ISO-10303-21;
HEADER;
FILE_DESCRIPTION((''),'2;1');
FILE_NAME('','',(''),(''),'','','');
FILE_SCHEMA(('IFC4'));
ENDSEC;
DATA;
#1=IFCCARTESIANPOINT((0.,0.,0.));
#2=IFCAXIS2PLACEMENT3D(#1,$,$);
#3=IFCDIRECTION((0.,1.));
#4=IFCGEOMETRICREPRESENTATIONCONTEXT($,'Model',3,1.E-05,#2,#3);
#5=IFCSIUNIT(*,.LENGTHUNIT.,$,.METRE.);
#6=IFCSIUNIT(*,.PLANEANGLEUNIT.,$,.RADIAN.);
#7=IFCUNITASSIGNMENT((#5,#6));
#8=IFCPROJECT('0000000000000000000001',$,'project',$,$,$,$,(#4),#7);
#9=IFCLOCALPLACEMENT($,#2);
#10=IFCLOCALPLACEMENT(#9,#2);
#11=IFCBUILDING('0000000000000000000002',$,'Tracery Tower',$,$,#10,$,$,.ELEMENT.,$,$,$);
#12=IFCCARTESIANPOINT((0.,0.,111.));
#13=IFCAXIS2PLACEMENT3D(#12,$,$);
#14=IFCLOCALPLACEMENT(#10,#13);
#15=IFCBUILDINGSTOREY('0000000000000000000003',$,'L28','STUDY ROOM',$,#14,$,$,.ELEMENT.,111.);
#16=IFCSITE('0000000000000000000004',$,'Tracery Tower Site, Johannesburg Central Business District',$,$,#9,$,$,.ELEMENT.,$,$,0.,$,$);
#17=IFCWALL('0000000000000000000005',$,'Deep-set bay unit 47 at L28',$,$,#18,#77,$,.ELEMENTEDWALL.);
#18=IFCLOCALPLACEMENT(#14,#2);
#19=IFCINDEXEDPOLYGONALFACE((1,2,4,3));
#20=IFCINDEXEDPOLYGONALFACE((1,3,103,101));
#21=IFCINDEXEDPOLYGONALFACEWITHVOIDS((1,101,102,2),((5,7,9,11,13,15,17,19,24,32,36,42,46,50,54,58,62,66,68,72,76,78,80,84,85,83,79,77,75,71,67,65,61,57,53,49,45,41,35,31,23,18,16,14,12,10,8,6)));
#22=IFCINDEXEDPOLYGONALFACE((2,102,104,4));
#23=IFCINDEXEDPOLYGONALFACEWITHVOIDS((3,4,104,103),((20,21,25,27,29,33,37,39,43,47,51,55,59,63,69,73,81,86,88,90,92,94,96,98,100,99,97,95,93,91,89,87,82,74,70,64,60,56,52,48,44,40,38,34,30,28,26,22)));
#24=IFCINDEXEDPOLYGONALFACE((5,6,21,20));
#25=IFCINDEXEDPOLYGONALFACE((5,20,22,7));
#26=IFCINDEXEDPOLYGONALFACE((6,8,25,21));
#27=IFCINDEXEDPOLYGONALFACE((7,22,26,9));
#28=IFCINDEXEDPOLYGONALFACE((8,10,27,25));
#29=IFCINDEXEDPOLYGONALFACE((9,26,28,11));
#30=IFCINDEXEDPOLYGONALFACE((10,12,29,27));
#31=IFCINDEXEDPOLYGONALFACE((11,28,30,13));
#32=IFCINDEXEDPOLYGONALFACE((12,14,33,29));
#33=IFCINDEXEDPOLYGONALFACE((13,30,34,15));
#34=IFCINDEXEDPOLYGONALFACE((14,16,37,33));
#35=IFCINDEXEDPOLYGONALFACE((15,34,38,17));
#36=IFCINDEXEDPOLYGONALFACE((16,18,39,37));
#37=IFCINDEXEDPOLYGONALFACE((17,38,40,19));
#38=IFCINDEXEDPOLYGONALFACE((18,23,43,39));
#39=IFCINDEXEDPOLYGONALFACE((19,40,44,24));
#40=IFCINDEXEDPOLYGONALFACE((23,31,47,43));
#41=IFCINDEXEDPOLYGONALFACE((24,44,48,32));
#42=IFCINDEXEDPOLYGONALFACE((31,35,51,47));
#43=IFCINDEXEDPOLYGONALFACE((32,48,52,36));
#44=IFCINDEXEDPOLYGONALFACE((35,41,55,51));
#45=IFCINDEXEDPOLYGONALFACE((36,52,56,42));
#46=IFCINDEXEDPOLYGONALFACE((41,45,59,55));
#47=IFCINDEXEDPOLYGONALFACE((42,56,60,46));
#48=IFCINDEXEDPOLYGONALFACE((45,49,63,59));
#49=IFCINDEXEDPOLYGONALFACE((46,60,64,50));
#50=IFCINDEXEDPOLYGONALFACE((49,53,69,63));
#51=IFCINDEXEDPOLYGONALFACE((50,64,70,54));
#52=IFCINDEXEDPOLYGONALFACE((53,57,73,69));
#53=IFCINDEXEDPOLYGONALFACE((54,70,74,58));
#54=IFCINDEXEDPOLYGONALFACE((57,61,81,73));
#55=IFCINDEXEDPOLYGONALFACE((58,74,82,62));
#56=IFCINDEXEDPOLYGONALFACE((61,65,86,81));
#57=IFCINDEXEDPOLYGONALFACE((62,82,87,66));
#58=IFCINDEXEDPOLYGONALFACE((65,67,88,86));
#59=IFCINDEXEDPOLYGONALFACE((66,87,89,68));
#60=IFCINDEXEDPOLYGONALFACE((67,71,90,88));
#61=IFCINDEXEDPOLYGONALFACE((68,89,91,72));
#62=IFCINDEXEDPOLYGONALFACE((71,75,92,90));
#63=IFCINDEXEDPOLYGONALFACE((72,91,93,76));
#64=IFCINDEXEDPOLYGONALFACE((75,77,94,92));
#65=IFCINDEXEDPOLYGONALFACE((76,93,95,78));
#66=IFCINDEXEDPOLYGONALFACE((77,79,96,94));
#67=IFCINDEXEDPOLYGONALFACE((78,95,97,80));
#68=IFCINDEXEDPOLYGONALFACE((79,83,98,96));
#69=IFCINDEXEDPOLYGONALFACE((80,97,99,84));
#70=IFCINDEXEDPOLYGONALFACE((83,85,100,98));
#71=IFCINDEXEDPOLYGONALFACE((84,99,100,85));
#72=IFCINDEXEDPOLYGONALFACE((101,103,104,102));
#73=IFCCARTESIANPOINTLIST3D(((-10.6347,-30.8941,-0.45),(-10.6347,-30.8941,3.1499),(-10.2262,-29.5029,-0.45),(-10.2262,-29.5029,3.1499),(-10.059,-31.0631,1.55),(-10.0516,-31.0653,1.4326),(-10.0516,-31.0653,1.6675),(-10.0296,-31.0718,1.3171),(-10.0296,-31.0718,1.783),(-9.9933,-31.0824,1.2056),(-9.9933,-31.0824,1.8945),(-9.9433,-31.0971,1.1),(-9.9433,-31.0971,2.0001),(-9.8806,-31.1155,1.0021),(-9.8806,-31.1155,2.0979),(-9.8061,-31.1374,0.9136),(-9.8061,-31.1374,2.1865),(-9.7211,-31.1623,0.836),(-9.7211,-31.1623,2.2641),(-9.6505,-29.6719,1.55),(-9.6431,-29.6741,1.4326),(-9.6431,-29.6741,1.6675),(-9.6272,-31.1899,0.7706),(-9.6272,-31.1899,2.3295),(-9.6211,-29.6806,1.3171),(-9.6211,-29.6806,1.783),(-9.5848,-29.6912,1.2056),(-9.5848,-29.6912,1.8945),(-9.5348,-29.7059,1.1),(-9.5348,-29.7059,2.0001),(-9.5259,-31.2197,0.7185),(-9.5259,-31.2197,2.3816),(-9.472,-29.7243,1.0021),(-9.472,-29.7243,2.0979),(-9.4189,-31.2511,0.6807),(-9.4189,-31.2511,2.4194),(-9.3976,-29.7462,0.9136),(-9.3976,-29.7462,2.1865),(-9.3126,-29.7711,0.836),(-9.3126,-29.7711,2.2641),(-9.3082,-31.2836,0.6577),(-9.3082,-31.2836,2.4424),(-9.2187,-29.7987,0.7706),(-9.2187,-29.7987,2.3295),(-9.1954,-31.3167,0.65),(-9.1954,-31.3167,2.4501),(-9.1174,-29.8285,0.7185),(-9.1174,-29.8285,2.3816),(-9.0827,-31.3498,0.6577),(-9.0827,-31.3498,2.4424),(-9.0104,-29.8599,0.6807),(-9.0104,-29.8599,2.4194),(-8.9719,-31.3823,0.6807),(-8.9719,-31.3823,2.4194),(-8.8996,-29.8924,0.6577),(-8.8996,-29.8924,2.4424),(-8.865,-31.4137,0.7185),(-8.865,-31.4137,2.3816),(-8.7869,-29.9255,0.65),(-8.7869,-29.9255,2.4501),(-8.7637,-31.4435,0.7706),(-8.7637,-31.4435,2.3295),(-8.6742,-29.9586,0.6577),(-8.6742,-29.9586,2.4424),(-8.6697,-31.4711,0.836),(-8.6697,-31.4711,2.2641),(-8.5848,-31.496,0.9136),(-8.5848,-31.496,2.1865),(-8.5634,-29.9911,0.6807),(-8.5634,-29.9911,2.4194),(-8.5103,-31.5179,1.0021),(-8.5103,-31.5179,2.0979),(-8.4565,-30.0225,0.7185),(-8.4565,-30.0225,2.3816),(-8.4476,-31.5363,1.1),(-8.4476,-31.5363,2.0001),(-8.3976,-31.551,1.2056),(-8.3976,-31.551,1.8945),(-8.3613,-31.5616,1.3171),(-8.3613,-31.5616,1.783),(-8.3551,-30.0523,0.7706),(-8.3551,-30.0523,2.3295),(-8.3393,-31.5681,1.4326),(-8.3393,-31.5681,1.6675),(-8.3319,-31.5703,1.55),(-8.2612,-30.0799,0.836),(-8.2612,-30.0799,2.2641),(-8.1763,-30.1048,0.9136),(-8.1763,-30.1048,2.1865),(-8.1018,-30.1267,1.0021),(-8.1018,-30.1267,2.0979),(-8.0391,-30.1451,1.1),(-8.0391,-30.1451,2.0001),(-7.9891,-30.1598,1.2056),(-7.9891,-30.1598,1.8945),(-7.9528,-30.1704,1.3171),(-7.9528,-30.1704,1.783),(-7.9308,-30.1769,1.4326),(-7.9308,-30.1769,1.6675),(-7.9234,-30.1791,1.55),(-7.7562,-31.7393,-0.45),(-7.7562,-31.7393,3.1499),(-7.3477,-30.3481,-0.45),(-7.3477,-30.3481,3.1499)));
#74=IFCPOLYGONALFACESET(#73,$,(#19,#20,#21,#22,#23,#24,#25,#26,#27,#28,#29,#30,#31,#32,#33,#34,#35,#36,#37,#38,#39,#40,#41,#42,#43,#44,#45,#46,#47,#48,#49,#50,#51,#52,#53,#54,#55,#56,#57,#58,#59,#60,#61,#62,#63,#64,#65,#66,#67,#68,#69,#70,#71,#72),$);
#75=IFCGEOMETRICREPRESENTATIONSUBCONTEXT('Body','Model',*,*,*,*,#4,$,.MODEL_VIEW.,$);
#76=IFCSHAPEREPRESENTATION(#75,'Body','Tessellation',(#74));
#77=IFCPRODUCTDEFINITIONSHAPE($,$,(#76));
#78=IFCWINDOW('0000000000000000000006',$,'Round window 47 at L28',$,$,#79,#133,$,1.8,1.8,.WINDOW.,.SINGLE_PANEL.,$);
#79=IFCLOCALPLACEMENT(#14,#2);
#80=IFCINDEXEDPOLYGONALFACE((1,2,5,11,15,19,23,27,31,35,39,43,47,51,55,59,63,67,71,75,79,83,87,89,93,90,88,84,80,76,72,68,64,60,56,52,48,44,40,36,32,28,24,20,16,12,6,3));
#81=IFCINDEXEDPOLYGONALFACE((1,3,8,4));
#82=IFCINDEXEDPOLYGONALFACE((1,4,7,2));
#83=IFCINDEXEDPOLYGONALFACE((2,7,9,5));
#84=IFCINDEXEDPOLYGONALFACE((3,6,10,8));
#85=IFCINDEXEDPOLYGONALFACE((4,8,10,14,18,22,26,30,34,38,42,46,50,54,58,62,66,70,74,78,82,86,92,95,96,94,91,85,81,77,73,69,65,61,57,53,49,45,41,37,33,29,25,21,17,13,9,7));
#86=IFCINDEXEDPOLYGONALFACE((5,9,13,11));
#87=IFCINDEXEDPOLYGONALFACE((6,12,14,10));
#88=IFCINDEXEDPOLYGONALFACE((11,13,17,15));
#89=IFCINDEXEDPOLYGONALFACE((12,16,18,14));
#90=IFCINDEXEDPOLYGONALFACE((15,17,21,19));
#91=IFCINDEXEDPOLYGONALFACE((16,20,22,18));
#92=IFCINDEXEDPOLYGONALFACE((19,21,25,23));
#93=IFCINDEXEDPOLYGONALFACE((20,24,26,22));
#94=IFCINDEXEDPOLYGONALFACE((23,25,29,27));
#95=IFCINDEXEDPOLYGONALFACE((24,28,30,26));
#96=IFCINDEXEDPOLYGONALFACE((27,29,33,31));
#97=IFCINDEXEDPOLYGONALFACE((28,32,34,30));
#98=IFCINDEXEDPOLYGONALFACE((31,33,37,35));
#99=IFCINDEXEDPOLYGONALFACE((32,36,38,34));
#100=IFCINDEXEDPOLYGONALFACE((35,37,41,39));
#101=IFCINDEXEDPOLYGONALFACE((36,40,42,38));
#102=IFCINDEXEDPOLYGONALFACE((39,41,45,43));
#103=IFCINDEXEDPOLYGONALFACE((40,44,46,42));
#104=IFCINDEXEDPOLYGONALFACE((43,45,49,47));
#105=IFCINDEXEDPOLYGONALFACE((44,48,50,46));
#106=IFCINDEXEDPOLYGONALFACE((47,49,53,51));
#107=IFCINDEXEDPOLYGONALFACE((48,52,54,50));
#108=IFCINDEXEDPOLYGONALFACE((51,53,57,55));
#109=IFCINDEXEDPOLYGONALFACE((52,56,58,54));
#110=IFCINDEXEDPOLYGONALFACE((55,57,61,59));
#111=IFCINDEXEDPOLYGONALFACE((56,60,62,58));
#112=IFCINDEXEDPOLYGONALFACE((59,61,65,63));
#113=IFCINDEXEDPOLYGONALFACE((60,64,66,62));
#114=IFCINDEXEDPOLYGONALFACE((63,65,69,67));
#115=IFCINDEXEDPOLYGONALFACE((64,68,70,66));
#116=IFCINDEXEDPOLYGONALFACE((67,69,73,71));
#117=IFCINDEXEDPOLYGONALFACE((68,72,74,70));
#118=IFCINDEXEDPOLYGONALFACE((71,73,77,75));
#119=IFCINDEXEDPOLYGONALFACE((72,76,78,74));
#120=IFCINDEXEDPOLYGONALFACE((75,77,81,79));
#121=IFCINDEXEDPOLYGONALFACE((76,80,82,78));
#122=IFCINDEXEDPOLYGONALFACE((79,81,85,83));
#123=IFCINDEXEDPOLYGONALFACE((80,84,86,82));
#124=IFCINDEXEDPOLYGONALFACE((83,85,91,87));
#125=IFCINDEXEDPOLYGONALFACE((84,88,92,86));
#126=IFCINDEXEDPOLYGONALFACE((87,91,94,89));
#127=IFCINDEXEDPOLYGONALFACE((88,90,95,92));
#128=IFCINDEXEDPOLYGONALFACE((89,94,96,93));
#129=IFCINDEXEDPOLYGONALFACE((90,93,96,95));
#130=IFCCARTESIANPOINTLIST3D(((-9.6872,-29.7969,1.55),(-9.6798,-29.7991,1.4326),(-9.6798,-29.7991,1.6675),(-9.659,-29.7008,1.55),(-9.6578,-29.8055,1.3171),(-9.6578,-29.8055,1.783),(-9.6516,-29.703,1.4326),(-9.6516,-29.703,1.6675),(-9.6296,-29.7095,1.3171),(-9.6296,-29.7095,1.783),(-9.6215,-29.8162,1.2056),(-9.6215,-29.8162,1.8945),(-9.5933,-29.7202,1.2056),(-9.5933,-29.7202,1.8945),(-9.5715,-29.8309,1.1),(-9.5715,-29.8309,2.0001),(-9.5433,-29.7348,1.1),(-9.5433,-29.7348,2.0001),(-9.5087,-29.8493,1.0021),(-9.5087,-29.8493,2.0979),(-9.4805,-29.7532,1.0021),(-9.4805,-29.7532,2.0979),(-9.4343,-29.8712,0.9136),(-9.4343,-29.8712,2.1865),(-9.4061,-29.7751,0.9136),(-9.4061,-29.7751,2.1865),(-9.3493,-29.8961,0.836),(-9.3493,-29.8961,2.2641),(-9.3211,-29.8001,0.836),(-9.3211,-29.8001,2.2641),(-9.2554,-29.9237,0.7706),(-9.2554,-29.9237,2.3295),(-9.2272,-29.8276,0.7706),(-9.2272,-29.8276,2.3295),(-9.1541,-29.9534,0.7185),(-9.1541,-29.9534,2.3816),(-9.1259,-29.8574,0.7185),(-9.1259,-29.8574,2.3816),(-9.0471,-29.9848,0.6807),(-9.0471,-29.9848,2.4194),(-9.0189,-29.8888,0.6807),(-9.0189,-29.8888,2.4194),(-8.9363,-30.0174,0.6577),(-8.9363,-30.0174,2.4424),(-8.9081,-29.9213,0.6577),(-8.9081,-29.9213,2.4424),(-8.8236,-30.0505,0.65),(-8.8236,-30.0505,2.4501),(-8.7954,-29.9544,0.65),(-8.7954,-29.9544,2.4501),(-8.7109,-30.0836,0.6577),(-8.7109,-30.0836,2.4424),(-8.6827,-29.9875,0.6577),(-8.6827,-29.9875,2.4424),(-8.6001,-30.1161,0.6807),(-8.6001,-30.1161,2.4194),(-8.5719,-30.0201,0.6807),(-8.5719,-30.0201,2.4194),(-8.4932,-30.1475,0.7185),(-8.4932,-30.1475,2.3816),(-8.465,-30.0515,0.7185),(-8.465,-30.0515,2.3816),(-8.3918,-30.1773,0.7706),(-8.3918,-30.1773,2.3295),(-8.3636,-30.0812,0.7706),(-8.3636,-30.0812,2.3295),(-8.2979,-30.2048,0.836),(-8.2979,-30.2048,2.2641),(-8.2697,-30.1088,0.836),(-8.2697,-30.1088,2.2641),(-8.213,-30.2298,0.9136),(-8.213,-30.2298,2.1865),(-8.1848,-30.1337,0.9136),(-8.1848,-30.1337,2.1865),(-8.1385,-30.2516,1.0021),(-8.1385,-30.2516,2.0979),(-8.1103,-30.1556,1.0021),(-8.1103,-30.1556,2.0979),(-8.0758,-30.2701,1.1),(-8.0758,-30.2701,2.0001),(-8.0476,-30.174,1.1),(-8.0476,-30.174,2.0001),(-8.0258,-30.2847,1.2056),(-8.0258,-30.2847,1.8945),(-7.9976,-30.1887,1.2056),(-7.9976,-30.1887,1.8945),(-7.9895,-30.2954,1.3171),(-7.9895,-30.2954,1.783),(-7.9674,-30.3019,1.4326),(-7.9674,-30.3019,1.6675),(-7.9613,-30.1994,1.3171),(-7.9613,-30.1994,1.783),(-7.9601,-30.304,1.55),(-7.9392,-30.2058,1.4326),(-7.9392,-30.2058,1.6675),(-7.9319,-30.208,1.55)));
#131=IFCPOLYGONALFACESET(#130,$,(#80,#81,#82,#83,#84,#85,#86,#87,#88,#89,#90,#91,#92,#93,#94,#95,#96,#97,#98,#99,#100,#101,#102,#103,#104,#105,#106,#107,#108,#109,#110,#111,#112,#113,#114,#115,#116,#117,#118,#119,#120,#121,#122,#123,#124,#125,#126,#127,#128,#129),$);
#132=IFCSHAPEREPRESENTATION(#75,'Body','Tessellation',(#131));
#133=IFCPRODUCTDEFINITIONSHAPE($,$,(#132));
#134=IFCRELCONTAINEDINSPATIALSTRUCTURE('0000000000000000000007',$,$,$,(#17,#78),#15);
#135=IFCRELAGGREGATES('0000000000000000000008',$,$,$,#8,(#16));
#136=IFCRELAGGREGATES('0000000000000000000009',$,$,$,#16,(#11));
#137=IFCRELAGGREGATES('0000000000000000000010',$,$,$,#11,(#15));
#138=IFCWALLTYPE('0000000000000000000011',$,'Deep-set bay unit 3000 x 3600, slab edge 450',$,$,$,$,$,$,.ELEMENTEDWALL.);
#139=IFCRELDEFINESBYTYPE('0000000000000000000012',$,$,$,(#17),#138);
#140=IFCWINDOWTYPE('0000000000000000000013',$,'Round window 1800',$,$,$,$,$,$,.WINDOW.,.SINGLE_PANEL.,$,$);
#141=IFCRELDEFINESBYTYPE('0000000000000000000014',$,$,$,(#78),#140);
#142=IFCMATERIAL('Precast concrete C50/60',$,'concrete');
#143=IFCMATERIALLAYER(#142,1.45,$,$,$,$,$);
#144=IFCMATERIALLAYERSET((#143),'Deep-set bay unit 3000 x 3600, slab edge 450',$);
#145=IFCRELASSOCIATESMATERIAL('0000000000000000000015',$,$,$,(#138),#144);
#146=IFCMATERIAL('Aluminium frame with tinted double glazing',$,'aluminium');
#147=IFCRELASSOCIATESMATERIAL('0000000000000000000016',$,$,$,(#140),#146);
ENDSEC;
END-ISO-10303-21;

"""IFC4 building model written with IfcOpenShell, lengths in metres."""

from ifc_helpers import new_model, si_unit, direction, frame, frame_2d, origin, origin_2d, place, context, subcontext, project, spatial, rectangle, circle, extrude, material, layer, layer_set, type_object, element, fill, save


model = new_model("IFC4")

# Units and contexts
model_context = context("Model", 3, precision=1e-05, world=origin(), true_north=direction((0.0, 1.0)))
body_context = subcontext(model_context, "Body", "Model", "MODEL_VIEW")
ifc_project = project(units=[si_unit("LENGTHUNIT", "METRE"), si_unit("PLANEANGLEUNIT", "RADIAN")], contexts=[model_context])

# Site, building, storey
site_placement = place(None, origin())
site = spatial("IfcSite", under=ifc_project, at=site_placement, Name="Tracery Tower Site, Johannesburg Central Business District", CompositionType="ELEMENT", RefElevation=0.0)
building_placement = place(site_placement, origin())
building = spatial("IfcBuilding", under=site, at=building_placement, Name="Tracery Tower", CompositionType="ELEMENT")
storey_placement = place(building_placement, frame((0.0, 0.0, 111.0)))
storey = spatial("IfcBuildingStorey", under=building, at=storey_placement, Name="L28", Description="STUDY ROOM", CompositionType="ELEMENT", Elevation=111.0)

# Wall, opening, window
ifc_material_1 = material(Name="Precast concrete C50/60", Category="concrete")
ifc_layer_1 = layer(ifc_material_1, 1.45)
ifc_layer_set_1 = layer_set([ifc_layer_1], Name="Deep-set bay unit 3000 x 3600, slab edge 450")
wall_type_1 = type_object("IfcWallType", Name="Deep-set bay unit 3000 x 3600, slab edge 450", PredefinedType="ELEMENTEDWALL", material=ifc_layer_set_1)
wall_1_placement = place(storey_placement, frame((-10.4304, -30.1985, -0.45), z_axis=(0.0, 0.0, 1.0), x_axis=(0.95949, -0.281743, 0.0)))
wall_1 = element("IfcWall", 1, at=wall_1_placement, inside=storey, type_object=wall_type_1, Name="Deep-set bay unit 47 at L28", PredefinedType="ELEMENTEDWALL", context=body_context, shape_type="SweptSolid", body=[
    extrude(rectangle(XDim=3.0, YDim=1.45, at=frame_2d((1.5, 0.0))), origin(), (0.0, 0.0, 1.0), 3.5999),
])
opening_1_placement = place(wall_1_placement, frame((1.5, 0.0, 2.0)))
opening_1 = element("IfcOpeningElement", 2, at=opening_1_placement, cuts=wall_1, PredefinedType="OPENING", context=body_context, shape_type="SweptSolid", body=[
    extrude(circle(Radius=0.9, at=origin_2d()), frame((0.0, 0.7349, 0.0), z_axis=(0.0, -1.0, 0.0), x_axis=(1.0, 0.0, 0.0)), (0.0, 0.0, 1.0), 1.47),
])
ifc_material_2 = material(Name="Aluminium frame with tinted double glazing", Category="aluminium")
window_type = type_object("IfcWindowType", Name="Round window 1800", PartitioningType="SINGLE_PANEL", PredefinedType="WINDOW", material=ifc_material_2)
window_1_placement = place(opening_1_placement, origin())
window_1 = element("IfcWindow", 3, at=window_1_placement, inside=storey, type_object=window_type, Name="Round window 47 at L28", OverallHeight=1.8, OverallWidth=1.8, PartitioningType="SINGLE_PANEL", PredefinedType="WINDOW", context=body_context, shape_type="SweptSolid", body=[
    extrude(circle(Radius=0.9, at=origin_2d()), frame((0.0, 0.6948, 0.0), z_axis=(0.0, -1.0, 0.0), x_axis=(1.0, 0.0, 0.0)), (0.0, 0.0, 1.0), 0.1001),
])
fill(opening_1, window_1)

save(model, "model.ifc")
